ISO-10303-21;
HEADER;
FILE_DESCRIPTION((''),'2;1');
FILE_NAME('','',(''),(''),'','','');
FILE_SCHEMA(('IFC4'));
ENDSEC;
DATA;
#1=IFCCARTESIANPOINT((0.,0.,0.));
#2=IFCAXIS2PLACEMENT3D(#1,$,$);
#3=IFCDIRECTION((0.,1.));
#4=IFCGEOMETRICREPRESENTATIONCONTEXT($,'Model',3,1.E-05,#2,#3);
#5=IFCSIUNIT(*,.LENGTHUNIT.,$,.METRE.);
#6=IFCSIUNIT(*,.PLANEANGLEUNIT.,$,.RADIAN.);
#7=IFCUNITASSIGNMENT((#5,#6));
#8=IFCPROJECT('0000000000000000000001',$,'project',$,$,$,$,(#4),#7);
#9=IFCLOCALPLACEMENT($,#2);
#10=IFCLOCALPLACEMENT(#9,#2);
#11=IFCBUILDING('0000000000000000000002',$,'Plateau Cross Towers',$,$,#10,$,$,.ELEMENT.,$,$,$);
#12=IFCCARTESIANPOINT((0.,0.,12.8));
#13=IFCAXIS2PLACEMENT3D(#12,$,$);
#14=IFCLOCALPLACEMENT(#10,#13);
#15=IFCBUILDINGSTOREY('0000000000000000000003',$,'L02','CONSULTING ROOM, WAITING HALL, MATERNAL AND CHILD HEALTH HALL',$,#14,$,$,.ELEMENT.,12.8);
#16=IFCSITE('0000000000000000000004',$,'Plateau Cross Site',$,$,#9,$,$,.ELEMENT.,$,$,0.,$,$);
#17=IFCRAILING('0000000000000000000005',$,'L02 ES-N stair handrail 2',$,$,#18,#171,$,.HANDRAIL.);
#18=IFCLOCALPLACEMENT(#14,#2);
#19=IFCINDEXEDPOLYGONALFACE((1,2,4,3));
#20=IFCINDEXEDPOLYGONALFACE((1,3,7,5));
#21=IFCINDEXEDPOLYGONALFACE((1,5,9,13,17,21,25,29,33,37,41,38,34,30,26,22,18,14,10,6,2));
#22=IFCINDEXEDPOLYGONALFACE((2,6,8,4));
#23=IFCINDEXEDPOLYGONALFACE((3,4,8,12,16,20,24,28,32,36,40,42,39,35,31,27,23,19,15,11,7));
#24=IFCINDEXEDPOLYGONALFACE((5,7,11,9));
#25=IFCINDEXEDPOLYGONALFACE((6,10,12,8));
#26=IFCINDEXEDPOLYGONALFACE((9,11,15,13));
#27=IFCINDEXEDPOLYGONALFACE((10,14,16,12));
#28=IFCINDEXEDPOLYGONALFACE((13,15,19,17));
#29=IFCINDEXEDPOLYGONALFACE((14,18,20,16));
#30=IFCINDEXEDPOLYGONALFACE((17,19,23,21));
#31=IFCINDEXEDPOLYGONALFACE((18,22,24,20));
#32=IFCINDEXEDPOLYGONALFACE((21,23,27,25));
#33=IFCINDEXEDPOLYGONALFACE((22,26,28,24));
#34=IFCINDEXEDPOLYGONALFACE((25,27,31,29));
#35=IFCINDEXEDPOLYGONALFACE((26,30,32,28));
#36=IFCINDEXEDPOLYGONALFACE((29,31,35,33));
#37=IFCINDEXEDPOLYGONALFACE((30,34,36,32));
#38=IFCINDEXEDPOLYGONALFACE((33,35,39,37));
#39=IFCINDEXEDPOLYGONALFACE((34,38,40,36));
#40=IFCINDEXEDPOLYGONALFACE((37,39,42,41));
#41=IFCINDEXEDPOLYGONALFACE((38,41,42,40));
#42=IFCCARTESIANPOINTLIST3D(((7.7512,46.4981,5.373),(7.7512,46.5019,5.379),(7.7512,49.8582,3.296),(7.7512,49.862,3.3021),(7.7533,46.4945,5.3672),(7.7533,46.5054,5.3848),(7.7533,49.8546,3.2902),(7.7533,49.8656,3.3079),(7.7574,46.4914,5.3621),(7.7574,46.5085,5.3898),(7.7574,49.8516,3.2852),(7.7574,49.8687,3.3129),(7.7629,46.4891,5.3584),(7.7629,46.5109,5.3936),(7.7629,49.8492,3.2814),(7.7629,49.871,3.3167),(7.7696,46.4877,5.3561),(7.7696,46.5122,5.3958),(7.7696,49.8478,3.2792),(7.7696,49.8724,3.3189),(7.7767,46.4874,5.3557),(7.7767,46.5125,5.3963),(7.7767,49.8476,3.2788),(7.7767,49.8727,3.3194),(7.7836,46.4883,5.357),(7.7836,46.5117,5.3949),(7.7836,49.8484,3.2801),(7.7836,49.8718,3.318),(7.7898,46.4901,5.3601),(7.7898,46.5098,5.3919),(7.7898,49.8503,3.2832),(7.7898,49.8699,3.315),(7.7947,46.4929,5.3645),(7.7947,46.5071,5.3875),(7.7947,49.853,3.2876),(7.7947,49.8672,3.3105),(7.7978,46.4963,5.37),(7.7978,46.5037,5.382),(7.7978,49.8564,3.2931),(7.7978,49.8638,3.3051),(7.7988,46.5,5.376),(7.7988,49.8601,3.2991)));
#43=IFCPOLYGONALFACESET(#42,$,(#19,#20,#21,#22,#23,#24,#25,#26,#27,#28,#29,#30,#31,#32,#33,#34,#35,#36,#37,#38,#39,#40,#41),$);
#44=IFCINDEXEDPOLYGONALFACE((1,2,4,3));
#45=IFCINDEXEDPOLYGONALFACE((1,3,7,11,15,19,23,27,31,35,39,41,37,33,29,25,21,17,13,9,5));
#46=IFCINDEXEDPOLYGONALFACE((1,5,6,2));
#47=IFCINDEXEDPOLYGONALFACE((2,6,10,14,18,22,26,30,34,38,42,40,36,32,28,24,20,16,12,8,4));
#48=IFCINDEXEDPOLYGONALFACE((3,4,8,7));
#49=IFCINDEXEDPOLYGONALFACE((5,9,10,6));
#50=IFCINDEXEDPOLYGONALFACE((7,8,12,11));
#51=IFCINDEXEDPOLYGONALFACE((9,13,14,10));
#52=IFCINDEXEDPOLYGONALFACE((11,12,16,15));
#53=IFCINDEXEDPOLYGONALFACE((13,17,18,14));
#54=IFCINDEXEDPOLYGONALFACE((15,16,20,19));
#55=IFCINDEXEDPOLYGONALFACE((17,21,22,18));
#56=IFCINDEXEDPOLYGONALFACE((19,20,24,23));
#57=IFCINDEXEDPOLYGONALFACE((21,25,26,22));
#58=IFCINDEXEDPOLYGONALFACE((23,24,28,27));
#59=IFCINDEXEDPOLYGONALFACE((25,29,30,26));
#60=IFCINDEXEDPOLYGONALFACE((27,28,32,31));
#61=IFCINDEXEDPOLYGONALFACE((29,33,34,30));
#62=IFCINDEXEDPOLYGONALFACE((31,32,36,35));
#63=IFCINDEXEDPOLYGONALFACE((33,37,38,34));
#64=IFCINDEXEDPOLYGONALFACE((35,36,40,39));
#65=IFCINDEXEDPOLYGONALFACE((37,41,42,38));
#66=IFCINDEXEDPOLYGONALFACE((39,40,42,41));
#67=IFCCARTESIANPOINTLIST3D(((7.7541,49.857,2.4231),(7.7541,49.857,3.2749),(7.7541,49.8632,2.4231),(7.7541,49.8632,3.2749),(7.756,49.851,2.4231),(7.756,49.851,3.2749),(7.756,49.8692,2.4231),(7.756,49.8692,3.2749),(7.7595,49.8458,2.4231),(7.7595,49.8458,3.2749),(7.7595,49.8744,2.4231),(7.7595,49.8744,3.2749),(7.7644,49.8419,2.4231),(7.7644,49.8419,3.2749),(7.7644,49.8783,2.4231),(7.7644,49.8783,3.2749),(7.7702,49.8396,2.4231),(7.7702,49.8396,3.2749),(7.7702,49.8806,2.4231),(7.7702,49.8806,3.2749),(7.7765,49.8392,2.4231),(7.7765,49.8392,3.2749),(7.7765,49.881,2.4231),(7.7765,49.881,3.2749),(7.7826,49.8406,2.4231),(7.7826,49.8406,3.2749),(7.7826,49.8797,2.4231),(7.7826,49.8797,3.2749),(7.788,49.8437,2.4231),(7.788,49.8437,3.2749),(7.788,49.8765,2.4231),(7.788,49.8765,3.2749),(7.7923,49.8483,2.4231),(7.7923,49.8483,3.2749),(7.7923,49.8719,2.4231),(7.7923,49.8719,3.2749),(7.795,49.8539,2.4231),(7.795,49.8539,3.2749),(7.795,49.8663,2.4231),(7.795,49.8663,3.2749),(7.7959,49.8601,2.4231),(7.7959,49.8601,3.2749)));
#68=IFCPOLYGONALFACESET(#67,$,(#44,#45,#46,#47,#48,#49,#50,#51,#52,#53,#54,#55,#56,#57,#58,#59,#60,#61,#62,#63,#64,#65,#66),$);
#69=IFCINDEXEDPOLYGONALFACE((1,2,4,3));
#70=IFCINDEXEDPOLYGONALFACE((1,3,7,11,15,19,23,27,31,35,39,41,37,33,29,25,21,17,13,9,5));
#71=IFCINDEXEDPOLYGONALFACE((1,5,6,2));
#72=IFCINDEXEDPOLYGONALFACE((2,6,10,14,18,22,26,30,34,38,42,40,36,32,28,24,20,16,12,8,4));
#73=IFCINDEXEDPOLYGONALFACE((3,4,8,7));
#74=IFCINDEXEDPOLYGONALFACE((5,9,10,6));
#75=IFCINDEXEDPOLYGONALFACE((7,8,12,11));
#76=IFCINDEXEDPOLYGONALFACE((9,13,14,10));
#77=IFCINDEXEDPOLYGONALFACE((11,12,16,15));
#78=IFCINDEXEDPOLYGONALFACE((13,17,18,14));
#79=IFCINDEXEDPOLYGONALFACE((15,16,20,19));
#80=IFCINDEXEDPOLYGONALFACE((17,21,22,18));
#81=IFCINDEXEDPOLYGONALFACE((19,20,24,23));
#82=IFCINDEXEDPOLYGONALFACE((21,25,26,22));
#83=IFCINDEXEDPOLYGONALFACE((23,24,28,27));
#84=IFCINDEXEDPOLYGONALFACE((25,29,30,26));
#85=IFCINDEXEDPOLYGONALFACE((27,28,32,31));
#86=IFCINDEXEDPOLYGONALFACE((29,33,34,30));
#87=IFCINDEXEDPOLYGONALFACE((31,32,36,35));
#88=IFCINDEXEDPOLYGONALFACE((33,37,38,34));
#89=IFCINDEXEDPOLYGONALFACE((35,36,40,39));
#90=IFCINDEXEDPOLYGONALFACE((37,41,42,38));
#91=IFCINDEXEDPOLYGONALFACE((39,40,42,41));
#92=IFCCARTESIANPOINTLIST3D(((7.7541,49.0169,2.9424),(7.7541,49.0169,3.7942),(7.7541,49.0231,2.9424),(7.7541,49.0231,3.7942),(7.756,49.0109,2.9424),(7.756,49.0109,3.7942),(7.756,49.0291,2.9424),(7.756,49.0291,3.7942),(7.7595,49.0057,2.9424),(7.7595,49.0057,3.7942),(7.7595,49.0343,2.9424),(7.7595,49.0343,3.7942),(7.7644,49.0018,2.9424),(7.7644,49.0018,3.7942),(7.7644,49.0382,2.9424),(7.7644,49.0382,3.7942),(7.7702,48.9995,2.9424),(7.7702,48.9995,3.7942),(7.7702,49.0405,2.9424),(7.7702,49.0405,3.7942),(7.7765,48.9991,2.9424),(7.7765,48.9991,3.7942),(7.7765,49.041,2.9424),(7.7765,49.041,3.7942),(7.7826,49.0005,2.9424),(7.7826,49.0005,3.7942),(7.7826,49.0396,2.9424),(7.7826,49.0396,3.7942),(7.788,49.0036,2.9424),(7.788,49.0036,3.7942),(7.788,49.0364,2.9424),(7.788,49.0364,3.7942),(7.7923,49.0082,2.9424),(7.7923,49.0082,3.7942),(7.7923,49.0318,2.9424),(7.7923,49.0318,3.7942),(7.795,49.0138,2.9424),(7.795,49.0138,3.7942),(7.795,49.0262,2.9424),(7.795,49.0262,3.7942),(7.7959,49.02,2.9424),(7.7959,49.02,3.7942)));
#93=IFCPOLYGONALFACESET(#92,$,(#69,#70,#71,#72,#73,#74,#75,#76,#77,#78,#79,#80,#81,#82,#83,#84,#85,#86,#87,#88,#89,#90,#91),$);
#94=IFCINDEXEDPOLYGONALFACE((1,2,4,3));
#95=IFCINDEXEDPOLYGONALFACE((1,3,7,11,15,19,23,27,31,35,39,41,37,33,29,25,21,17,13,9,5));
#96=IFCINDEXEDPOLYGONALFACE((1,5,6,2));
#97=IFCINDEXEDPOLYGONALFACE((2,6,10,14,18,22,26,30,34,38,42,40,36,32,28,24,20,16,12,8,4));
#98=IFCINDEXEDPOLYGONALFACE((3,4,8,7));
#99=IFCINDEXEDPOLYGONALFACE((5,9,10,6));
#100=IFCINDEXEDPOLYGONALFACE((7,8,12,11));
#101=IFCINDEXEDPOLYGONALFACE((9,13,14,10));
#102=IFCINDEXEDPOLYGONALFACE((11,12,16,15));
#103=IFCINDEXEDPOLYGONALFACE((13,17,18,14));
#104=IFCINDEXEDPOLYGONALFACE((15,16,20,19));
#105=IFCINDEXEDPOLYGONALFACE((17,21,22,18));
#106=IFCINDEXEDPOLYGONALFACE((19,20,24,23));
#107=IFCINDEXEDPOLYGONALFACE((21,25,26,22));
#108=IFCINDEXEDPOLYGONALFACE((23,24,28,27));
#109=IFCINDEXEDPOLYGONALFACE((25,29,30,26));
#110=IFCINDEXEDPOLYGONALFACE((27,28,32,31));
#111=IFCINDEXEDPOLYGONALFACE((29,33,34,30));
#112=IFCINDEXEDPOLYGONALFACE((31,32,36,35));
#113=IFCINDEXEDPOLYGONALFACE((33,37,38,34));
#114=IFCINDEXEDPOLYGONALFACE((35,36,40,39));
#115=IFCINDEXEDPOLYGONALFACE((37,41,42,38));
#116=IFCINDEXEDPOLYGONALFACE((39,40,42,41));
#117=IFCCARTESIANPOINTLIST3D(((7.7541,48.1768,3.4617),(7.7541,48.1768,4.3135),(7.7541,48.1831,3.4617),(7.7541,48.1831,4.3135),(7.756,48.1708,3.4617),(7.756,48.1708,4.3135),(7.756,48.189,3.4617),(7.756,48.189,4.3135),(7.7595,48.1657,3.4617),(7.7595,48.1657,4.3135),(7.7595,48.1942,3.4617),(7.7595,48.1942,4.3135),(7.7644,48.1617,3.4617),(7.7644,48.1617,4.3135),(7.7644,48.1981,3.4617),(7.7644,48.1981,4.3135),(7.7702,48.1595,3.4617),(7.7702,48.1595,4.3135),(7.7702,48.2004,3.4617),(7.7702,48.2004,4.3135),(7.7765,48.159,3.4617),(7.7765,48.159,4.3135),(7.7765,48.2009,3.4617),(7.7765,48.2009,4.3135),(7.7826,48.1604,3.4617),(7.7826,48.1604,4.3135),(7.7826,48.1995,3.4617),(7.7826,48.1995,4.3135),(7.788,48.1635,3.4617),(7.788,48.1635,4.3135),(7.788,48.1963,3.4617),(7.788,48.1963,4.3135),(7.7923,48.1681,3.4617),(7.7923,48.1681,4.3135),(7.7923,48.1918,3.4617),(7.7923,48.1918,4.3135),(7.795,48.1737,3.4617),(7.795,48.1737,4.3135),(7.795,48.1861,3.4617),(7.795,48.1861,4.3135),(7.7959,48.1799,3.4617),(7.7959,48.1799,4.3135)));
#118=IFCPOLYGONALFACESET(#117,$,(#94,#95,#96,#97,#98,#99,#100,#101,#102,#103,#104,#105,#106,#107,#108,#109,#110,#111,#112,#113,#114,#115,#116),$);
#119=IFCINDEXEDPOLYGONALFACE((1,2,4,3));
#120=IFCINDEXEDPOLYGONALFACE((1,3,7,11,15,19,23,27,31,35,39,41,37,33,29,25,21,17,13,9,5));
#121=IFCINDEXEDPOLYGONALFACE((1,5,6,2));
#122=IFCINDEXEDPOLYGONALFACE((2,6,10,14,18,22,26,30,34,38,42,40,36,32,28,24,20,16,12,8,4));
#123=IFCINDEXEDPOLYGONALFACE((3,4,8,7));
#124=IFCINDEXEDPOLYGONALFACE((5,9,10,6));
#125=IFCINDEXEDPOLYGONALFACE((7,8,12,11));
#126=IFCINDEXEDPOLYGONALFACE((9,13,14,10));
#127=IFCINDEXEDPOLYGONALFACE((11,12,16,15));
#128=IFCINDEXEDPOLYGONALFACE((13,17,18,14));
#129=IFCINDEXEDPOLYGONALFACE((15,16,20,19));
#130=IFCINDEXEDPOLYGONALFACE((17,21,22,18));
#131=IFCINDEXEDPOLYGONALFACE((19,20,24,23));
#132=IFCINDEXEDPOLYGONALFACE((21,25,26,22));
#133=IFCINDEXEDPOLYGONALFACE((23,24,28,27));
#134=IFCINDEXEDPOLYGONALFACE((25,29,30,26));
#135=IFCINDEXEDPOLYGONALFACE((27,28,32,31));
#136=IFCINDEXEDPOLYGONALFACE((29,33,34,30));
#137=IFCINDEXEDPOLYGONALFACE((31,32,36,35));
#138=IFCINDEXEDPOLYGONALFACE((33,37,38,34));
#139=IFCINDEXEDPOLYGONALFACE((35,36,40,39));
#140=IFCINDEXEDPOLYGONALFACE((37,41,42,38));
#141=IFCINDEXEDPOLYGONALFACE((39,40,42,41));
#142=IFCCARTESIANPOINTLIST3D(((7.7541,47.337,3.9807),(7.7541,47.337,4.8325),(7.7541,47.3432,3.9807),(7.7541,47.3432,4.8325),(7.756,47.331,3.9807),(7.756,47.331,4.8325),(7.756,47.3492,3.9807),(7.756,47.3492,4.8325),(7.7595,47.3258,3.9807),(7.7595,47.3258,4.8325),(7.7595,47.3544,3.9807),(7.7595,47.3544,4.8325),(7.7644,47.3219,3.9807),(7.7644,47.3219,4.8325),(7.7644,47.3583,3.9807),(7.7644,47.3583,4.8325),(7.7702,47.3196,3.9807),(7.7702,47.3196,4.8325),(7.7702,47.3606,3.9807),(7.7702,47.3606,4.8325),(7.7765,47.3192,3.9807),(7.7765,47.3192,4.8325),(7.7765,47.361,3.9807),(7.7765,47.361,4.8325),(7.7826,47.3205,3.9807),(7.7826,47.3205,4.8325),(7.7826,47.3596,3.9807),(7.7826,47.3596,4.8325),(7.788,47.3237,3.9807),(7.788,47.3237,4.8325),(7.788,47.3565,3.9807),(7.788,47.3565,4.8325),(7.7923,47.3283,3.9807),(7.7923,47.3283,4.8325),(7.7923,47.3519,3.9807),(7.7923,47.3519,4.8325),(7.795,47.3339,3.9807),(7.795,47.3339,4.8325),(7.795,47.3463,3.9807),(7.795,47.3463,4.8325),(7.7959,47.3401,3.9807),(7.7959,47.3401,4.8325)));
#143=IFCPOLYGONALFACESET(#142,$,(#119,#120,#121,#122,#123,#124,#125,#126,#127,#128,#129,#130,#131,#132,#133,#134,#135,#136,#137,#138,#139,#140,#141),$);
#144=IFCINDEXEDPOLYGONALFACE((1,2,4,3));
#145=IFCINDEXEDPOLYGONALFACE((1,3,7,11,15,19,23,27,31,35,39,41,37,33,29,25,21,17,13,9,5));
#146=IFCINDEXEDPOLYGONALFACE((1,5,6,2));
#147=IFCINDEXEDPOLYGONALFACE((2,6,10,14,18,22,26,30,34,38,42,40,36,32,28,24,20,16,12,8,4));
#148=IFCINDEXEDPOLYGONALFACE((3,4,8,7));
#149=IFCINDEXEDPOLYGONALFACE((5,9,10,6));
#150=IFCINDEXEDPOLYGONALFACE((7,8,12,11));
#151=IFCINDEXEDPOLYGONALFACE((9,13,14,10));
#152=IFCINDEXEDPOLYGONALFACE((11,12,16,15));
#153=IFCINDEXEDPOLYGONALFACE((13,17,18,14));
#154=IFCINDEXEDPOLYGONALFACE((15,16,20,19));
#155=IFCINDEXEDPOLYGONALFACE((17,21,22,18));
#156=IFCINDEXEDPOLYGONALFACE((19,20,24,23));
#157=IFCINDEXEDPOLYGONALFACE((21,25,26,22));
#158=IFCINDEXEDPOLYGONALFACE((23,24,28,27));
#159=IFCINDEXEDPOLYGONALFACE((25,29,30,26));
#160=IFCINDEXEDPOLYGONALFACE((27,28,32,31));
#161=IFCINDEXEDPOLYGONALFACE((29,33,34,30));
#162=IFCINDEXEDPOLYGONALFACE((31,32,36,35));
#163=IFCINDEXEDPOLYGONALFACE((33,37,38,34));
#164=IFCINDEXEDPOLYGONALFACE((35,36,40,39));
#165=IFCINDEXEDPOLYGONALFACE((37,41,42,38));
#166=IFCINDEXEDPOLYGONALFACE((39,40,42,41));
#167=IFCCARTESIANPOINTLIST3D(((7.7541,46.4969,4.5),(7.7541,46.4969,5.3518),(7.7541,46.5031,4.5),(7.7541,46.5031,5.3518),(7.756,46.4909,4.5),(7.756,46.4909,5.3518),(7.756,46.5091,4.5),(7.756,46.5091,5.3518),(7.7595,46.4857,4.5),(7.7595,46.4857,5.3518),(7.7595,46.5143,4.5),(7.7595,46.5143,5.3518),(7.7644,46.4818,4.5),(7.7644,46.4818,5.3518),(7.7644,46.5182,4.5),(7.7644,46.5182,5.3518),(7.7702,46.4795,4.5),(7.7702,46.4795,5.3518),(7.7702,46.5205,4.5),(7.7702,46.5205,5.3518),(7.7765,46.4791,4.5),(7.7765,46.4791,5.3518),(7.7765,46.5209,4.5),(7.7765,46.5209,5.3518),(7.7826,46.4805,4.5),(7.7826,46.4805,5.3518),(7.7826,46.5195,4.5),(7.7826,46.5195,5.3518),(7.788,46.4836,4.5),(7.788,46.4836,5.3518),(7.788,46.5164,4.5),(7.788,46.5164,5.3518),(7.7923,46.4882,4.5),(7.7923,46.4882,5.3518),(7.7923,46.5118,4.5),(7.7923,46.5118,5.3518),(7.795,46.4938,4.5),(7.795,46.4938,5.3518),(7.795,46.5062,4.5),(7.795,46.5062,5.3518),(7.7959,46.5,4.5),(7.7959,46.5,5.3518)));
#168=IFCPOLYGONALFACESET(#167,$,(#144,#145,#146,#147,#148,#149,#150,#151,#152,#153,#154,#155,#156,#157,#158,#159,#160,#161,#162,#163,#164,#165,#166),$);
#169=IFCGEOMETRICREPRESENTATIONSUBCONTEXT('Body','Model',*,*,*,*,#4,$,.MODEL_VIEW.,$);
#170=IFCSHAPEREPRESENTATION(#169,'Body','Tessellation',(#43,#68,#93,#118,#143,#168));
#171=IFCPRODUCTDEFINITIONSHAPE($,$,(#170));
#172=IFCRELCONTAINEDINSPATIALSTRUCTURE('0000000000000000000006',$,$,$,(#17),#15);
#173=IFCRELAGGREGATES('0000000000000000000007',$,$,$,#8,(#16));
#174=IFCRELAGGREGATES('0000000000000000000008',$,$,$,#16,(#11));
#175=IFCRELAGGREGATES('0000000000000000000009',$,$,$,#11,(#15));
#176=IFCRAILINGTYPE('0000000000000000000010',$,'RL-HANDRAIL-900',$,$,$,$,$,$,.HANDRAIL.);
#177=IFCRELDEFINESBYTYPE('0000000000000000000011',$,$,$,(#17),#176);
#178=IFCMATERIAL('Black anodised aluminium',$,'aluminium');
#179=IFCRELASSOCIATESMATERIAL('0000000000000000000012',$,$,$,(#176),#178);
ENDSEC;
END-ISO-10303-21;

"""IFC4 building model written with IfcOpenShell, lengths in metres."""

from ifc_helpers import new_model, si_unit, direction, frame, origin, origin_2d, place, context, subcontext, project, spatial, circle, extrude, material, type_object, element, save


model = new_model("IFC4")

# Units and contexts
model_context = context("Model", 3, precision=1e-05, world=origin(), true_north=direction((0.0, 1.0)))
body_context = subcontext(model_context, "Body", "Model", "MODEL_VIEW")
ifc_project = project(units=[si_unit("LENGTHUNIT", "METRE"), si_unit("PLANEANGLEUNIT", "RADIAN")], contexts=[model_context])

# Site, building, storey
site_placement = place(None, origin())
site = spatial("IfcSite", under=ifc_project, at=site_placement, Name="Plateau Cross Site", CompositionType="ELEMENT", RefElevation=0.0)
building_placement = place(site_placement, origin())
building = spatial("IfcBuilding", under=site, at=building_placement, Name="Plateau Cross Towers", CompositionType="ELEMENT")
storey_placement = place(building_placement, frame((0.0, 0.0, 12.8)))
storey = spatial("IfcBuildingStorey", under=building, at=storey_placement, Name="L02", Description="CONSULTING ROOM, WAITING HALL, MATERNAL AND CHILD HEALTH HALL", CompositionType="ELEMENT", Elevation=12.8)

# Shared definitions
ifc_material_1 = material(Name="Black anodised aluminium", Category="aluminium")

# Railing
railing_type_1 = type_object("IfcRailingType", Name="RL-HANDRAIL-900", PredefinedType="HANDRAIL", material=ifc_material_1)
railing_1_placement = place(storey_placement, frame((7.7749, 49.8601, 2.4231)))
element("IfcRailing", 1, at=railing_1_placement, inside=storey, type_object=railing_type_1, Name="L02 ES-N stair handrail 2", PredefinedType="HANDRAIL", context=body_context, shape_type="SweptSolid", body=[
    extrude(circle(Radius=0.0239, at=origin_2d()), frame((0.0, 0.0, 0.876), z_axis=(0.0, -0.850623, 0.525776), x_axis=(1.0, 0.0, 0.0)), (0.0, 0.0, 1.0), 3.9502),
    extrude(circle(Radius=0.021, at=origin_2d()), origin(), (0.0, 0.0, 1.0), 0.8518),
    extrude(circle(Radius=0.021, at=origin_2d()), frame((0.0, -0.8401, 0.5193)), (0.0, 0.0, 1.0), 0.8518),
    extrude(circle(Radius=0.021, at=origin_2d()), frame((0.0, -1.6802, 1.0386)), (0.0, 0.0, 1.0), 0.8518),
    extrude(circle(Radius=0.021, at=origin_2d()), frame((0.0, -2.52, 1.5576)), (0.0, 0.0, 1.0), 0.8518),
    extrude(circle(Radius=0.021, at=origin_2d()), frame((0.0, -3.3601, 2.0769)), (0.0, 0.0, 1.0), 0.8518),
])

save(model, "model.ifc")
